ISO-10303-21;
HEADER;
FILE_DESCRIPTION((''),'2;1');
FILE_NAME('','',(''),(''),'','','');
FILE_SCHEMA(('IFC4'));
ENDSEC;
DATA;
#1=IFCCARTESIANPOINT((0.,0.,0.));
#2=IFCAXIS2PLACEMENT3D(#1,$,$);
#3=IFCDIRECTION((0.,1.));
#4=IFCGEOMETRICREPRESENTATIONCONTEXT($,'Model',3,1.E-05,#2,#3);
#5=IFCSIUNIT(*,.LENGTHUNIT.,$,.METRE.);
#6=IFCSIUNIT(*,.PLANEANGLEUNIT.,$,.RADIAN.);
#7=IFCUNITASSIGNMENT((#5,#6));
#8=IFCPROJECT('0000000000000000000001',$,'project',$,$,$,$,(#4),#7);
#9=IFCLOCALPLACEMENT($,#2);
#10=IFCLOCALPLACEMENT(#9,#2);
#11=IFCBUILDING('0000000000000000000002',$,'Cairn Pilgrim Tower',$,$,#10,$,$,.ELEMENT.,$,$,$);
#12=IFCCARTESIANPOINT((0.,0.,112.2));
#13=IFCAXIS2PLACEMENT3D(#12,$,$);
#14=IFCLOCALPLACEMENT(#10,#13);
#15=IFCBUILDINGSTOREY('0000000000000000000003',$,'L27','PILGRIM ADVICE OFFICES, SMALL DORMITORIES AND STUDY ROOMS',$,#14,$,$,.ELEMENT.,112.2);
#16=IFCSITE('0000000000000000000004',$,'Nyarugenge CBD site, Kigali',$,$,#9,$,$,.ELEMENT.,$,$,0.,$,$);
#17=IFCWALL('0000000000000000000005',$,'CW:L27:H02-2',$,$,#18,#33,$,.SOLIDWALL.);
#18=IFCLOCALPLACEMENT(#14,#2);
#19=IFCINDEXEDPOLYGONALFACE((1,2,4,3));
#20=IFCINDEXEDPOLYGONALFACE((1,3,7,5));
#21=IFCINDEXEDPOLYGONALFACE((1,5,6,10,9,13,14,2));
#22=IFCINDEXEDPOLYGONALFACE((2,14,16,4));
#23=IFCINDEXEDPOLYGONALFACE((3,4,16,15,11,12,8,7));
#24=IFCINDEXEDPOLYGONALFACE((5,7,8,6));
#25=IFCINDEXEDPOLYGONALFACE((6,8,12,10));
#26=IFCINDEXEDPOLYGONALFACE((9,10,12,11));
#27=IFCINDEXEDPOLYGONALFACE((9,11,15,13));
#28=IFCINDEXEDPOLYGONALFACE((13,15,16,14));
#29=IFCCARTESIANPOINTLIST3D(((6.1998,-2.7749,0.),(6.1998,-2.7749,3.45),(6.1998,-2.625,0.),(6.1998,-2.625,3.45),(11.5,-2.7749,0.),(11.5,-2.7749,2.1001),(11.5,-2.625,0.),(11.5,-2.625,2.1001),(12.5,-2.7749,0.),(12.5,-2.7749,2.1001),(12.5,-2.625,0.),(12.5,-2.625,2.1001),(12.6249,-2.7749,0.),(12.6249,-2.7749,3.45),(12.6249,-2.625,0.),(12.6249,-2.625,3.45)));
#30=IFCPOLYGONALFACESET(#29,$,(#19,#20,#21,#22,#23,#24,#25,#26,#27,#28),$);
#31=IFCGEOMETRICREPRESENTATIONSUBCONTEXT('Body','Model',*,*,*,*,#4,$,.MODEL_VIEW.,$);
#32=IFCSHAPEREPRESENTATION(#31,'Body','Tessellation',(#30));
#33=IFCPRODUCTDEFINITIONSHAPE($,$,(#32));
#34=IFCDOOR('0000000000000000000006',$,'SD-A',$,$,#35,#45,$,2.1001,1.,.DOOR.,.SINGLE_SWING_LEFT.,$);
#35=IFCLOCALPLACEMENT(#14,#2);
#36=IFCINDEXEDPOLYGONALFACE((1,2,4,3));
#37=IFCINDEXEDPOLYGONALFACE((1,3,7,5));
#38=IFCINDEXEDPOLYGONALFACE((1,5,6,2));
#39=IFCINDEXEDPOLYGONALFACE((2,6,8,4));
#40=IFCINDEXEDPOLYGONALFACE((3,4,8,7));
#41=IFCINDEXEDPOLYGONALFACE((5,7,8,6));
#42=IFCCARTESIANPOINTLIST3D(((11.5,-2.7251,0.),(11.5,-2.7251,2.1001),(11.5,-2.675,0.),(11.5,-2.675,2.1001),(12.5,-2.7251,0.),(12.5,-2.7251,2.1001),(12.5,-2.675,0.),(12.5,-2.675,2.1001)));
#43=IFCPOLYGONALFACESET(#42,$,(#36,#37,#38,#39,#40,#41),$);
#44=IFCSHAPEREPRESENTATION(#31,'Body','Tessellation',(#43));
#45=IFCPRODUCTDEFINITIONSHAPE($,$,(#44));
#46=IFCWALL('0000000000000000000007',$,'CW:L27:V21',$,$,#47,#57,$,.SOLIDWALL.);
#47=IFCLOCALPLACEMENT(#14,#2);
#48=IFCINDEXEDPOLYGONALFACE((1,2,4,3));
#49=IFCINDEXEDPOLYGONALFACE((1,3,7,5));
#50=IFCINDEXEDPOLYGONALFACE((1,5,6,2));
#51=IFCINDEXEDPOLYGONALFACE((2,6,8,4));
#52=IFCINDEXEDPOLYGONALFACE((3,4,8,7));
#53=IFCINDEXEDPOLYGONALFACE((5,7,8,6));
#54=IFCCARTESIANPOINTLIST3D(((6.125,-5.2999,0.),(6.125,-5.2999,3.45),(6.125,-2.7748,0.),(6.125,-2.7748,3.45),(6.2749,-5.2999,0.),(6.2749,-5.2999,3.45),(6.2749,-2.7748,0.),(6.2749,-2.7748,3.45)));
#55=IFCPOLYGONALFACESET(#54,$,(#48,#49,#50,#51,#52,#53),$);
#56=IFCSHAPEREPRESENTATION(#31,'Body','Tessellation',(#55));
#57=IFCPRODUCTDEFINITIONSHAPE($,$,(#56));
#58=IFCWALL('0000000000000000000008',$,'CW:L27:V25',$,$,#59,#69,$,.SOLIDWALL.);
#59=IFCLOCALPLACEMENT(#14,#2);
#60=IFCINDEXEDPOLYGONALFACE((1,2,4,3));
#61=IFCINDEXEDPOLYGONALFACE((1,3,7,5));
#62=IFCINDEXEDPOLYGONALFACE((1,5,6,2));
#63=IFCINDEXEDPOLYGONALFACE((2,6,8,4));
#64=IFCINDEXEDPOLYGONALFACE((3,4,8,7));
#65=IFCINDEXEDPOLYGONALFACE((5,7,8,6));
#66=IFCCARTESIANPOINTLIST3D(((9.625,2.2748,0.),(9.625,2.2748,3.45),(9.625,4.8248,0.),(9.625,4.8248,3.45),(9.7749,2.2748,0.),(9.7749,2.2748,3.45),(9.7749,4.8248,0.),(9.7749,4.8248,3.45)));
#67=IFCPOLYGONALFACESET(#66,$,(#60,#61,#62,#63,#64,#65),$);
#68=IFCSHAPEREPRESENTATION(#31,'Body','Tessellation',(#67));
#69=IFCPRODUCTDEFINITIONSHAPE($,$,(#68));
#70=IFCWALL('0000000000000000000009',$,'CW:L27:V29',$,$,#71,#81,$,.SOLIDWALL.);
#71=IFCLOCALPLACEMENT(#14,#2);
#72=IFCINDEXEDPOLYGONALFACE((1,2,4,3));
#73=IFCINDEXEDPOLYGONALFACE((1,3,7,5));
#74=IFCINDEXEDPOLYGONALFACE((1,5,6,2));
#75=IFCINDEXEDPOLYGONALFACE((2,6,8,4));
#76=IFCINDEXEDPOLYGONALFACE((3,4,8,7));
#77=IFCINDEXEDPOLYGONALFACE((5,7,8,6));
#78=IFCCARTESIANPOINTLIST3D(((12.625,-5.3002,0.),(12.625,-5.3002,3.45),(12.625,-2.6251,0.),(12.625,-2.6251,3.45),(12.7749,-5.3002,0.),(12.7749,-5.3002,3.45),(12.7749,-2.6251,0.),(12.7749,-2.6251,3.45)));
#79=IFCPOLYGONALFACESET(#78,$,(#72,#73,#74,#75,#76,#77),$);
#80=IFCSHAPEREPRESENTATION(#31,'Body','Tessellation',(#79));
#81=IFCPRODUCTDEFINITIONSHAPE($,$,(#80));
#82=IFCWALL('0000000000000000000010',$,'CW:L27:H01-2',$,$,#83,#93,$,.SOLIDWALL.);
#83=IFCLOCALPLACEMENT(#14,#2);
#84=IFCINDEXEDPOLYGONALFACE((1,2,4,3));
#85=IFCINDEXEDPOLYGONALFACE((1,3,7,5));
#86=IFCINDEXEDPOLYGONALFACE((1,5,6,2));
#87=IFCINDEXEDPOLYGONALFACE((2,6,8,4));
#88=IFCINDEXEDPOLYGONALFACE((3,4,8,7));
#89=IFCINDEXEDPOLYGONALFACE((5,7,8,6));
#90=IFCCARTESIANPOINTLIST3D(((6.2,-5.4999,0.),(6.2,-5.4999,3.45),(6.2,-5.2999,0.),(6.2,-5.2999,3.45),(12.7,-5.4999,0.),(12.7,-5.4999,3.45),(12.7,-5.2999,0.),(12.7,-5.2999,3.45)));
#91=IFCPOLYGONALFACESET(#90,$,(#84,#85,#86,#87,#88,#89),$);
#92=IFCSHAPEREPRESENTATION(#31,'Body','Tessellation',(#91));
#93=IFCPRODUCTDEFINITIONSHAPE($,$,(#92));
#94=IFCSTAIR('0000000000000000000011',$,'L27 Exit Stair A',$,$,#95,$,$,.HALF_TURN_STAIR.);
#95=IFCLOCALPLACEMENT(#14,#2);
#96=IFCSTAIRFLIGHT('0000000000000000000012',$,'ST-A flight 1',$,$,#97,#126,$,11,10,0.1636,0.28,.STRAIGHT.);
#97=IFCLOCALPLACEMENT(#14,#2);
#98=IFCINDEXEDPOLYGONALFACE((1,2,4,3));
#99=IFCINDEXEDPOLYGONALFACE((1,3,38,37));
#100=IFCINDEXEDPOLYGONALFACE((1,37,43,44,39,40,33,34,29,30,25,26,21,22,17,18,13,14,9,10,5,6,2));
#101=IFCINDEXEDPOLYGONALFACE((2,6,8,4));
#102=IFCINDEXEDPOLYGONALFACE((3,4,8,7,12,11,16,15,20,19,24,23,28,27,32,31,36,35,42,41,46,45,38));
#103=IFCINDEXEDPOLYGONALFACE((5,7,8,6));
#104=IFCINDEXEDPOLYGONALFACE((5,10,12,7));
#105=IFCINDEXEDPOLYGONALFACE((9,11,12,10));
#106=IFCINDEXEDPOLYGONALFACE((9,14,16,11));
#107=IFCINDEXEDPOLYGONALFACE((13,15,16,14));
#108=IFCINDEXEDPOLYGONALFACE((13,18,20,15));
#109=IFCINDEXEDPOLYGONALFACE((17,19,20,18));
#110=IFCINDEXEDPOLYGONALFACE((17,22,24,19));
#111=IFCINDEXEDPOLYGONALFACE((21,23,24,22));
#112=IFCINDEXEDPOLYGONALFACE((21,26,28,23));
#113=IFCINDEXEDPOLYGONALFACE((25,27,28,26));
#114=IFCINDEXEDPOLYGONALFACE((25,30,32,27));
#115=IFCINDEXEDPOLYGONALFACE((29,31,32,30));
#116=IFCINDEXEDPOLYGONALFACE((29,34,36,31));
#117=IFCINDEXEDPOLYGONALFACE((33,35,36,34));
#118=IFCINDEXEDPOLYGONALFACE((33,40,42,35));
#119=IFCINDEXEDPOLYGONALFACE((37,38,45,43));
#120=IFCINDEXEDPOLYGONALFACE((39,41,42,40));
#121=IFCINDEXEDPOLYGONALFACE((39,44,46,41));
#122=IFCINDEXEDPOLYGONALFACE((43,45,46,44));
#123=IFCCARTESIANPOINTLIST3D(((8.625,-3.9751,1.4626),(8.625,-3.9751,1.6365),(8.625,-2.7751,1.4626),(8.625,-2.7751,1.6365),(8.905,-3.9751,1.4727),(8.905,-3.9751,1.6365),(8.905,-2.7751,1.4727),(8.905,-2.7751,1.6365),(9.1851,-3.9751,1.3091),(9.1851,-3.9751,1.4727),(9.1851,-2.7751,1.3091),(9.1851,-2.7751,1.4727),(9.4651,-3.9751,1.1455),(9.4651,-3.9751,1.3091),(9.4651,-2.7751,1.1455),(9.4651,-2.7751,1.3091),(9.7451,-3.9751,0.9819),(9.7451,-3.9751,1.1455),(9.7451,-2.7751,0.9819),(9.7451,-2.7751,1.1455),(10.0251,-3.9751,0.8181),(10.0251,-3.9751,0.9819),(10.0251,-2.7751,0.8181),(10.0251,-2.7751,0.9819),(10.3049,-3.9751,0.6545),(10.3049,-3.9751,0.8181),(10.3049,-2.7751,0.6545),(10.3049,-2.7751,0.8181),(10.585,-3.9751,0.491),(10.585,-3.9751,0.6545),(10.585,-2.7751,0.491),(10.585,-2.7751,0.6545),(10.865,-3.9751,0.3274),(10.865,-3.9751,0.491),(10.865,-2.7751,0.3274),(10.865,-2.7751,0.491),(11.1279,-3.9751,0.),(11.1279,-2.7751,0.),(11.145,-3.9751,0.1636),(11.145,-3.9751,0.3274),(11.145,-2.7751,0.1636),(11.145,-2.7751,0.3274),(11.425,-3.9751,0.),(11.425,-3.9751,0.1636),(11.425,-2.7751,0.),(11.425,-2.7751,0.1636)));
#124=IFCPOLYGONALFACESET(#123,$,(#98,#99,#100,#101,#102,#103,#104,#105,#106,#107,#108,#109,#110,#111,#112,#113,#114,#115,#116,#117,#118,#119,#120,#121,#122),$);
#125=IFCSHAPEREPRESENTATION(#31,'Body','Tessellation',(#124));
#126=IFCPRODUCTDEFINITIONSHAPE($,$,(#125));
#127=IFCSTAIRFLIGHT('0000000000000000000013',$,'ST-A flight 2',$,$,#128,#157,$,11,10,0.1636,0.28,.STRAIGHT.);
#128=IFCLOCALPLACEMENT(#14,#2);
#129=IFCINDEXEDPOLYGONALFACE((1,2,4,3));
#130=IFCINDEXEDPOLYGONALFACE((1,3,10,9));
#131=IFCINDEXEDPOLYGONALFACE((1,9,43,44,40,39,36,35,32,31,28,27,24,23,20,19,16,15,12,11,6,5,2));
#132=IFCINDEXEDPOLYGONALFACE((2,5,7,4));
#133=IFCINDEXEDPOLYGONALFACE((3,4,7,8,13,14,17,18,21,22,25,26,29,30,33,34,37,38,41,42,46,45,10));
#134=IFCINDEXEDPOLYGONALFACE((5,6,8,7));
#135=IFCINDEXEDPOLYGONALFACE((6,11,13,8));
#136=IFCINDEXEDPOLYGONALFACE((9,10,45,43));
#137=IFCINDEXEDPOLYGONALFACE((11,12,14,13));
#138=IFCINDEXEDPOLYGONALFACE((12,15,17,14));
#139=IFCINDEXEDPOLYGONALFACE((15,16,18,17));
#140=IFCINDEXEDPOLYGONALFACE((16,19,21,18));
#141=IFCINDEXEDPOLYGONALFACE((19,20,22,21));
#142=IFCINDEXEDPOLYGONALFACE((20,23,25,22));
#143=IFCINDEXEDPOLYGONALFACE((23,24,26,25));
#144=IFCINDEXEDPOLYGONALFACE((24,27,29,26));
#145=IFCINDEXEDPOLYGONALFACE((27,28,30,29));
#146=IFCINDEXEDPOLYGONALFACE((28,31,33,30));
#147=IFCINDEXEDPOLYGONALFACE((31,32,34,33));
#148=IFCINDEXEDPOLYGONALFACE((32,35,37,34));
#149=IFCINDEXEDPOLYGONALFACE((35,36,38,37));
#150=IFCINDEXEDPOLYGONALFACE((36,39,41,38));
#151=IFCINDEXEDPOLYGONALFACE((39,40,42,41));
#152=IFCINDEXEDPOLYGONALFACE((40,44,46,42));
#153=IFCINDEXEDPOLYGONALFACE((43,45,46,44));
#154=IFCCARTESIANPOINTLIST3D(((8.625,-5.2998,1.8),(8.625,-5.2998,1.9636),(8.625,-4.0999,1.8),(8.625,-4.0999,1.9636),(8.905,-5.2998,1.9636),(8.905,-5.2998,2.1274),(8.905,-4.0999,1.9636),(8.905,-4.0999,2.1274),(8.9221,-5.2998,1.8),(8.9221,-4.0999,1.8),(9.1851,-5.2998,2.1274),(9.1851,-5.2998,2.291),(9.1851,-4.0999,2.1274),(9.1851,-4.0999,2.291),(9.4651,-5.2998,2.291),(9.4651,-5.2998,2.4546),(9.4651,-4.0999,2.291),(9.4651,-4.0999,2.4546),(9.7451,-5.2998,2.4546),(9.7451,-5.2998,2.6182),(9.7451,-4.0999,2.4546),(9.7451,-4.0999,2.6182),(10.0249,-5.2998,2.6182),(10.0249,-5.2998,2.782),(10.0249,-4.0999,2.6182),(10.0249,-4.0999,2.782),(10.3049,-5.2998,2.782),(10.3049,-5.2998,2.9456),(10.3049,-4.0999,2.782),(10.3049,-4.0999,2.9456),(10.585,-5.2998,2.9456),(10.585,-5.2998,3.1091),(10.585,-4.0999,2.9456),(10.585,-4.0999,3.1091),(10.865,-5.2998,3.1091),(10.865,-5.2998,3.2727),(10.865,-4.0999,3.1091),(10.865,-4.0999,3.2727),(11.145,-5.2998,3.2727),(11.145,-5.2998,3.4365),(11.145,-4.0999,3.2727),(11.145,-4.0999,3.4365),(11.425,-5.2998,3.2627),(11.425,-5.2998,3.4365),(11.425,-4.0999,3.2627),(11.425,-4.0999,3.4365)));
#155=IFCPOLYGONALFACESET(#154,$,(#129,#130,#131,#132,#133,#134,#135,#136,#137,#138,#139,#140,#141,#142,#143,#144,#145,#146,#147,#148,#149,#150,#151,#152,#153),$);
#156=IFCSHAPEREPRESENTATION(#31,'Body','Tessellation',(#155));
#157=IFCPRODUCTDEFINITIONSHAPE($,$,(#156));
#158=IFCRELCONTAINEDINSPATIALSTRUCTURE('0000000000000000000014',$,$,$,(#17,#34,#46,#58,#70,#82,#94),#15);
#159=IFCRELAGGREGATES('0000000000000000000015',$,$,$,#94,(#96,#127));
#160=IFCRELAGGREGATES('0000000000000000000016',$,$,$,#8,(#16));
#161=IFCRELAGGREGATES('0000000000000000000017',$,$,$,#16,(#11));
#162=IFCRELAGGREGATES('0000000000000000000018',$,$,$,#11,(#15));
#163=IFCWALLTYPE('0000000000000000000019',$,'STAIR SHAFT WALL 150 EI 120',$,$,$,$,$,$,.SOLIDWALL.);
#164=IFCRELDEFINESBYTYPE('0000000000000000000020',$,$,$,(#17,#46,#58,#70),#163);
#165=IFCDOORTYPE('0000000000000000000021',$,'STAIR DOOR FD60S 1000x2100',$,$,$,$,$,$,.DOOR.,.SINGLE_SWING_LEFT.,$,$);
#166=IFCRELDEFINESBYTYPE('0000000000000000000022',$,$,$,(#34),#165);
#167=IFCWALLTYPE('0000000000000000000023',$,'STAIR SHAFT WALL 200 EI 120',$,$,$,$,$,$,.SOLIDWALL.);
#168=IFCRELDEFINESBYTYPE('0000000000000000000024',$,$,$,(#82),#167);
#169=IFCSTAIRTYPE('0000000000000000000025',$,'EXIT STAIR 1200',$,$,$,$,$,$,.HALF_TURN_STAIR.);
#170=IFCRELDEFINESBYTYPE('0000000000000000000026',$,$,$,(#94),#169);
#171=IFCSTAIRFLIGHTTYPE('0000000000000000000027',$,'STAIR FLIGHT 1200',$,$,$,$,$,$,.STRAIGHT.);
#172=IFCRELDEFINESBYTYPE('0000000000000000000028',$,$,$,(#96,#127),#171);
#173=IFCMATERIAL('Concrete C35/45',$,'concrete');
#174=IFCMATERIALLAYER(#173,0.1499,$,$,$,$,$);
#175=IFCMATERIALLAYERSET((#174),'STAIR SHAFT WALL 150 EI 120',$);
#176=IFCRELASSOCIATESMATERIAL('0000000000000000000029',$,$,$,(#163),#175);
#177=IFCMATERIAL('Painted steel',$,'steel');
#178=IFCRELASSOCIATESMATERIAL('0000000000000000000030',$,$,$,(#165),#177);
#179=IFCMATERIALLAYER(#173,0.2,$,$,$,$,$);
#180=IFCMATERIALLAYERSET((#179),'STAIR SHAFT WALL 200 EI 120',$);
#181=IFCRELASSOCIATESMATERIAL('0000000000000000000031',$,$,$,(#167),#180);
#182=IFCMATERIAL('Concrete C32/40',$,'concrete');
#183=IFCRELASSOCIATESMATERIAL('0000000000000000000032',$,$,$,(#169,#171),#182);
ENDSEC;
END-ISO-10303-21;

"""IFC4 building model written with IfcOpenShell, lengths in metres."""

from ifc_helpers import new_model, si_unit, direction, frame, frame_2d, origin, place, context, subcontext, project, spatial, polyline, rectangle, outline, extrude, material, layer, layer_set, type_object, element, fill, aggregate, save


model = new_model("IFC4")

# Units and contexts
model_context = context("Model", 3, precision=1e-05, world=origin(), true_north=direction((0.0, 1.0)))
body_context = subcontext(model_context, "Body", "Model", "MODEL_VIEW")
ifc_project = project(units=[si_unit("LENGTHUNIT", "METRE"), si_unit("PLANEANGLEUNIT", "RADIAN")], contexts=[model_context])

# Site, building, storey
site_placement = place(None, origin())
site = spatial("IfcSite", under=ifc_project, at=site_placement, Name="Nyarugenge CBD site, Kigali", CompositionType="ELEMENT", RefElevation=0.0)
building_placement = place(site_placement, origin())
building = spatial("IfcBuilding", under=site, at=building_placement, Name="Cairn Pilgrim Tower", CompositionType="ELEMENT")
storey_placement = place(building_placement, frame((0.0, 0.0, 112.2)))
storey = spatial("IfcBuildingStorey", under=building, at=storey_placement, Name="L27", Description="PILGRIM ADVICE OFFICES, SMALL DORMITORIES AND STUDY ROOMS", CompositionType="ELEMENT", Elevation=112.2)

# Shared definitions
ifc_material_1 = material(Name="Concrete C32/40", Category="concrete")

# Shared definitions
ifc_material_2 = material(Name="Painted steel", Category="steel")

# Wall, opening, door
ifc_material_3 = material(Name="Concrete C35/45", Category="concrete")
ifc_layer_1 = layer(ifc_material_3, 0.1499)
ifc_layer_set_1 = layer_set([ifc_layer_1], Name="STAIR SHAFT WALL 150 EI 120")
wall_type_1 = type_object("IfcWallType", Name="STAIR SHAFT WALL 150 EI 120", PredefinedType="SOLIDWALL", material=ifc_layer_set_1)
wall_1_placement = place(storey_placement, frame((6.2, -2.7, 0.0), z_axis=(0.0, 0.0, 1.0), x_axis=(1.0, 0.0, 0.0)))
wall_1 = element("IfcWall", 1, at=wall_1_placement, inside=storey, type_object=wall_type_1, Name="CW:L27:H02-2", PredefinedType="SOLIDWALL", context=body_context, shape_type="SweptSolid", body=[
    extrude(rectangle(XDim=6.425, YDim=0.1499, at=frame_2d((3.2124, 0.0))), origin(), (0.0, 0.0, 1.0), 3.45),
])
opening_1_placement = place(wall_1_placement, frame((5.3, 0.0, 0.0)))
opening_1 = element("IfcOpeningElement", 2, at=opening_1_placement, cuts=wall_1, PredefinedType="OPENING", context=body_context, shape_type="SweptSolid", body=[
    extrude(rectangle(XDim=1.0, YDim=2.1001, at=frame_2d((0.5, 1.05))), frame((0.0, 0.085, 0.0), z_axis=(0.0, -1.0, 0.0), x_axis=(1.0, 0.0, 0.0)), (0.0, 0.0, 1.0), 0.1699),
])
door_type_1 = type_object("IfcDoorType", Name="STAIR DOOR FD60S 1000x2100", OperationType="SINGLE_SWING_LEFT", PredefinedType="DOOR", material=ifc_material_2)
door_1_placement = place(opening_1_placement, origin())
door_1 = element("IfcDoor", 3, at=door_1_placement, inside=storey, type_object=door_type_1, Name="SD-A", OperationType="SINGLE_SWING_LEFT", OverallHeight=2.1001, OverallWidth=1.0, PredefinedType="DOOR", context=body_context, shape_type="SweptSolid", body=[
    extrude(rectangle(XDim=1.0, YDim=2.1001, at=frame_2d((0.5, 1.05))), frame((0.0, 0.0249, 0.0), z_axis=(0.0, -1.0, 0.0), x_axis=(1.0, 0.0, 0.0)), (0.0, 0.0, 1.0), 0.05),
])
fill(opening_1, door_1)

# Walls
wall_2_placement = place(storey_placement, frame((6.2, -5.3, 0.0), z_axis=(0.0, 0.0, 1.0), x_axis=(0.0, 1.0, 0.0)))
element("IfcWall", 4, at=wall_2_placement, inside=storey, type_object=wall_type_1, Name="CW:L27:V21", PredefinedType="SOLIDWALL", context=body_context, shape_type="SweptSolid", body=[
    extrude(rectangle(XDim=2.5251, YDim=0.1499, at=frame_2d((1.2627, 0.0))), origin(), (0.0, 0.0, 1.0), 3.45),
])
wall_3_placement = place(storey_placement, frame((9.7, 2.2749, 0.0), z_axis=(0.0, 0.0, 1.0), x_axis=(0.0, 1.0, 0.0)))
element("IfcWall", 5, at=wall_3_placement, inside=storey, type_object=wall_type_1, Name="CW:L27:V25", PredefinedType="SOLIDWALL", context=body_context, shape_type="SweptSolid", body=[
    extrude(rectangle(XDim=2.55, YDim=0.1499, at=frame_2d((1.2749, 0.0))), origin(), (0.0, 0.0, 1.0), 3.45),
])
wall_4_placement = place(storey_placement, frame((12.7, -5.3, 0.0), z_axis=(0.0, 0.0, 1.0), x_axis=(0.0, 1.0, 0.0)))
element("IfcWall", 6, at=wall_4_placement, inside=storey, type_object=wall_type_1, Name="CW:L27:V29", PredefinedType="SOLIDWALL", context=body_context, shape_type="SweptSolid", body=[
    extrude(rectangle(XDim=2.675, YDim=0.1499, at=frame_2d((1.3374, 0.0))), origin(), (0.0, 0.0, 1.0), 3.45),
])
ifc_layer_2 = layer(ifc_material_3, 0.2)
ifc_layer_set_2 = layer_set([ifc_layer_2], Name="STAIR SHAFT WALL 200 EI 120")
wall_type_2 = type_object("IfcWallType", Name="STAIR SHAFT WALL 200 EI 120", PredefinedType="SOLIDWALL", material=ifc_layer_set_2)
wall_5_placement = place(storey_placement, frame((6.2, -5.3999, 0.0), z_axis=(0.0, 0.0, 1.0), x_axis=(1.0, 0.0, 0.0)))
element("IfcWall", 7, at=wall_5_placement, inside=storey, type_object=wall_type_2, Name="CW:L27:H01-2", PredefinedType="SOLIDWALL", context=body_context, shape_type="SweptSolid", body=[
    extrude(rectangle(XDim=6.5, YDim=0.2, at=frame_2d((3.25, 0.0))), origin(), (0.0, 0.0, 1.0), 3.45),
])

# Stair, stair flights
stair_type = type_object("IfcStairType", Name="EXIT STAIR 1200", PredefinedType="HALF_TURN_STAIR", material=ifc_material_1)
stair_placement = place(storey_placement, origin())
stair = element("IfcStair", 8, at=stair_placement, inside=storey, type_object=stair_type, Name="L27 Exit Stair A", PredefinedType="HALF_TURN_STAIR")
stair_flight_type = type_object("IfcStairFlightType", Name="STAIR FLIGHT 1200", PredefinedType="STRAIGHT", material=ifc_material_1)
stair_flight_1_placement = place(storey_placement, frame((11.425, -3.375, 0.0), z_axis=(0.0, 0.0, 1.0), x_axis=(-1.0, 0.0, 0.0)))
stair_flight_1 = element("IfcStairFlight", 9, at=stair_flight_1_placement, type_object=stair_flight_type, Name="ST-A flight 1", NumberOfRisers=11, NumberOfTreads=10, PredefinedType="STRAIGHT", RiserHeight=0.1636, TreadLength=0.28, context=body_context, shape_type="SweptSolid", body=[
    extrude(outline(polyline([(0.0, 0.0), (0.0, 0.1636), (0.28, 0.1636), (0.28, 0.3274), (0.5601, 0.3274), (0.5601, 0.491), (0.8401, 0.491), (0.8401, 0.6545), (1.1201, 0.6545), (1.1201, 0.8181), (1.3999, 0.8181), (1.3999, 0.9819), (1.6799, 0.9819), (1.6799, 1.1455), (1.96, 1.1455), (1.96, 1.3091), (2.24, 1.3091), (2.24, 1.4727), (2.52, 1.4727), (2.52, 1.6365), (2.8, 1.6365), (2.8, 1.8), (2.8, 1.4626), (0.2971, 0.0), (0.0, 0.0)])), frame((0.0, 0.6001, 0.0), z_axis=(0.0, -1.0, 0.0), x_axis=(1.0, 0.0, 0.0)), (0.0, 0.0, 1.0), 1.2),
])
stair_flight_2_placement = place(storey_placement, frame((8.625, -4.7, 1.8), z_axis=(0.0, 0.0, 1.0), x_axis=(1.0, 0.0, 0.0)))
stair_flight_2 = element("IfcStairFlight", 10, at=stair_flight_2_placement, type_object=stair_flight_type, Name="ST-A flight 2", NumberOfRisers=11, NumberOfTreads=10, PredefinedType="STRAIGHT", RiserHeight=0.1636, TreadLength=0.28, context=body_context, shape_type="SweptSolid", body=[
    extrude(outline(polyline([(0.0, 0.0), (0.0, 0.1636), (0.28, 0.1636), (0.28, 0.3274), (0.5601, 0.3274), (0.5601, 0.491), (0.8401, 0.491), (0.8401, 0.6545), (1.1201, 0.6545), (1.1201, 0.8181), (1.3999, 0.8181), (1.3999, 0.9819), (1.6799, 0.9819), (1.6799, 1.1455), (1.96, 1.1455), (1.96, 1.3091), (2.24, 1.3091), (2.24, 1.4727), (2.52, 1.4727), (2.52, 1.6365), (2.8, 1.6365), (2.8, 1.8), (2.8, 1.4626), (0.2971, 0.0), (0.0, 0.0)])), frame((0.0, 0.6001, 0.0), z_axis=(0.0, -1.0, 0.0), x_axis=(1.0, 0.0, 0.0)), (0.0, 0.0, 1.0), 1.2),
])
aggregate(stair, [stair_flight_1, stair_flight_2])

save(model, "model.ifc")
